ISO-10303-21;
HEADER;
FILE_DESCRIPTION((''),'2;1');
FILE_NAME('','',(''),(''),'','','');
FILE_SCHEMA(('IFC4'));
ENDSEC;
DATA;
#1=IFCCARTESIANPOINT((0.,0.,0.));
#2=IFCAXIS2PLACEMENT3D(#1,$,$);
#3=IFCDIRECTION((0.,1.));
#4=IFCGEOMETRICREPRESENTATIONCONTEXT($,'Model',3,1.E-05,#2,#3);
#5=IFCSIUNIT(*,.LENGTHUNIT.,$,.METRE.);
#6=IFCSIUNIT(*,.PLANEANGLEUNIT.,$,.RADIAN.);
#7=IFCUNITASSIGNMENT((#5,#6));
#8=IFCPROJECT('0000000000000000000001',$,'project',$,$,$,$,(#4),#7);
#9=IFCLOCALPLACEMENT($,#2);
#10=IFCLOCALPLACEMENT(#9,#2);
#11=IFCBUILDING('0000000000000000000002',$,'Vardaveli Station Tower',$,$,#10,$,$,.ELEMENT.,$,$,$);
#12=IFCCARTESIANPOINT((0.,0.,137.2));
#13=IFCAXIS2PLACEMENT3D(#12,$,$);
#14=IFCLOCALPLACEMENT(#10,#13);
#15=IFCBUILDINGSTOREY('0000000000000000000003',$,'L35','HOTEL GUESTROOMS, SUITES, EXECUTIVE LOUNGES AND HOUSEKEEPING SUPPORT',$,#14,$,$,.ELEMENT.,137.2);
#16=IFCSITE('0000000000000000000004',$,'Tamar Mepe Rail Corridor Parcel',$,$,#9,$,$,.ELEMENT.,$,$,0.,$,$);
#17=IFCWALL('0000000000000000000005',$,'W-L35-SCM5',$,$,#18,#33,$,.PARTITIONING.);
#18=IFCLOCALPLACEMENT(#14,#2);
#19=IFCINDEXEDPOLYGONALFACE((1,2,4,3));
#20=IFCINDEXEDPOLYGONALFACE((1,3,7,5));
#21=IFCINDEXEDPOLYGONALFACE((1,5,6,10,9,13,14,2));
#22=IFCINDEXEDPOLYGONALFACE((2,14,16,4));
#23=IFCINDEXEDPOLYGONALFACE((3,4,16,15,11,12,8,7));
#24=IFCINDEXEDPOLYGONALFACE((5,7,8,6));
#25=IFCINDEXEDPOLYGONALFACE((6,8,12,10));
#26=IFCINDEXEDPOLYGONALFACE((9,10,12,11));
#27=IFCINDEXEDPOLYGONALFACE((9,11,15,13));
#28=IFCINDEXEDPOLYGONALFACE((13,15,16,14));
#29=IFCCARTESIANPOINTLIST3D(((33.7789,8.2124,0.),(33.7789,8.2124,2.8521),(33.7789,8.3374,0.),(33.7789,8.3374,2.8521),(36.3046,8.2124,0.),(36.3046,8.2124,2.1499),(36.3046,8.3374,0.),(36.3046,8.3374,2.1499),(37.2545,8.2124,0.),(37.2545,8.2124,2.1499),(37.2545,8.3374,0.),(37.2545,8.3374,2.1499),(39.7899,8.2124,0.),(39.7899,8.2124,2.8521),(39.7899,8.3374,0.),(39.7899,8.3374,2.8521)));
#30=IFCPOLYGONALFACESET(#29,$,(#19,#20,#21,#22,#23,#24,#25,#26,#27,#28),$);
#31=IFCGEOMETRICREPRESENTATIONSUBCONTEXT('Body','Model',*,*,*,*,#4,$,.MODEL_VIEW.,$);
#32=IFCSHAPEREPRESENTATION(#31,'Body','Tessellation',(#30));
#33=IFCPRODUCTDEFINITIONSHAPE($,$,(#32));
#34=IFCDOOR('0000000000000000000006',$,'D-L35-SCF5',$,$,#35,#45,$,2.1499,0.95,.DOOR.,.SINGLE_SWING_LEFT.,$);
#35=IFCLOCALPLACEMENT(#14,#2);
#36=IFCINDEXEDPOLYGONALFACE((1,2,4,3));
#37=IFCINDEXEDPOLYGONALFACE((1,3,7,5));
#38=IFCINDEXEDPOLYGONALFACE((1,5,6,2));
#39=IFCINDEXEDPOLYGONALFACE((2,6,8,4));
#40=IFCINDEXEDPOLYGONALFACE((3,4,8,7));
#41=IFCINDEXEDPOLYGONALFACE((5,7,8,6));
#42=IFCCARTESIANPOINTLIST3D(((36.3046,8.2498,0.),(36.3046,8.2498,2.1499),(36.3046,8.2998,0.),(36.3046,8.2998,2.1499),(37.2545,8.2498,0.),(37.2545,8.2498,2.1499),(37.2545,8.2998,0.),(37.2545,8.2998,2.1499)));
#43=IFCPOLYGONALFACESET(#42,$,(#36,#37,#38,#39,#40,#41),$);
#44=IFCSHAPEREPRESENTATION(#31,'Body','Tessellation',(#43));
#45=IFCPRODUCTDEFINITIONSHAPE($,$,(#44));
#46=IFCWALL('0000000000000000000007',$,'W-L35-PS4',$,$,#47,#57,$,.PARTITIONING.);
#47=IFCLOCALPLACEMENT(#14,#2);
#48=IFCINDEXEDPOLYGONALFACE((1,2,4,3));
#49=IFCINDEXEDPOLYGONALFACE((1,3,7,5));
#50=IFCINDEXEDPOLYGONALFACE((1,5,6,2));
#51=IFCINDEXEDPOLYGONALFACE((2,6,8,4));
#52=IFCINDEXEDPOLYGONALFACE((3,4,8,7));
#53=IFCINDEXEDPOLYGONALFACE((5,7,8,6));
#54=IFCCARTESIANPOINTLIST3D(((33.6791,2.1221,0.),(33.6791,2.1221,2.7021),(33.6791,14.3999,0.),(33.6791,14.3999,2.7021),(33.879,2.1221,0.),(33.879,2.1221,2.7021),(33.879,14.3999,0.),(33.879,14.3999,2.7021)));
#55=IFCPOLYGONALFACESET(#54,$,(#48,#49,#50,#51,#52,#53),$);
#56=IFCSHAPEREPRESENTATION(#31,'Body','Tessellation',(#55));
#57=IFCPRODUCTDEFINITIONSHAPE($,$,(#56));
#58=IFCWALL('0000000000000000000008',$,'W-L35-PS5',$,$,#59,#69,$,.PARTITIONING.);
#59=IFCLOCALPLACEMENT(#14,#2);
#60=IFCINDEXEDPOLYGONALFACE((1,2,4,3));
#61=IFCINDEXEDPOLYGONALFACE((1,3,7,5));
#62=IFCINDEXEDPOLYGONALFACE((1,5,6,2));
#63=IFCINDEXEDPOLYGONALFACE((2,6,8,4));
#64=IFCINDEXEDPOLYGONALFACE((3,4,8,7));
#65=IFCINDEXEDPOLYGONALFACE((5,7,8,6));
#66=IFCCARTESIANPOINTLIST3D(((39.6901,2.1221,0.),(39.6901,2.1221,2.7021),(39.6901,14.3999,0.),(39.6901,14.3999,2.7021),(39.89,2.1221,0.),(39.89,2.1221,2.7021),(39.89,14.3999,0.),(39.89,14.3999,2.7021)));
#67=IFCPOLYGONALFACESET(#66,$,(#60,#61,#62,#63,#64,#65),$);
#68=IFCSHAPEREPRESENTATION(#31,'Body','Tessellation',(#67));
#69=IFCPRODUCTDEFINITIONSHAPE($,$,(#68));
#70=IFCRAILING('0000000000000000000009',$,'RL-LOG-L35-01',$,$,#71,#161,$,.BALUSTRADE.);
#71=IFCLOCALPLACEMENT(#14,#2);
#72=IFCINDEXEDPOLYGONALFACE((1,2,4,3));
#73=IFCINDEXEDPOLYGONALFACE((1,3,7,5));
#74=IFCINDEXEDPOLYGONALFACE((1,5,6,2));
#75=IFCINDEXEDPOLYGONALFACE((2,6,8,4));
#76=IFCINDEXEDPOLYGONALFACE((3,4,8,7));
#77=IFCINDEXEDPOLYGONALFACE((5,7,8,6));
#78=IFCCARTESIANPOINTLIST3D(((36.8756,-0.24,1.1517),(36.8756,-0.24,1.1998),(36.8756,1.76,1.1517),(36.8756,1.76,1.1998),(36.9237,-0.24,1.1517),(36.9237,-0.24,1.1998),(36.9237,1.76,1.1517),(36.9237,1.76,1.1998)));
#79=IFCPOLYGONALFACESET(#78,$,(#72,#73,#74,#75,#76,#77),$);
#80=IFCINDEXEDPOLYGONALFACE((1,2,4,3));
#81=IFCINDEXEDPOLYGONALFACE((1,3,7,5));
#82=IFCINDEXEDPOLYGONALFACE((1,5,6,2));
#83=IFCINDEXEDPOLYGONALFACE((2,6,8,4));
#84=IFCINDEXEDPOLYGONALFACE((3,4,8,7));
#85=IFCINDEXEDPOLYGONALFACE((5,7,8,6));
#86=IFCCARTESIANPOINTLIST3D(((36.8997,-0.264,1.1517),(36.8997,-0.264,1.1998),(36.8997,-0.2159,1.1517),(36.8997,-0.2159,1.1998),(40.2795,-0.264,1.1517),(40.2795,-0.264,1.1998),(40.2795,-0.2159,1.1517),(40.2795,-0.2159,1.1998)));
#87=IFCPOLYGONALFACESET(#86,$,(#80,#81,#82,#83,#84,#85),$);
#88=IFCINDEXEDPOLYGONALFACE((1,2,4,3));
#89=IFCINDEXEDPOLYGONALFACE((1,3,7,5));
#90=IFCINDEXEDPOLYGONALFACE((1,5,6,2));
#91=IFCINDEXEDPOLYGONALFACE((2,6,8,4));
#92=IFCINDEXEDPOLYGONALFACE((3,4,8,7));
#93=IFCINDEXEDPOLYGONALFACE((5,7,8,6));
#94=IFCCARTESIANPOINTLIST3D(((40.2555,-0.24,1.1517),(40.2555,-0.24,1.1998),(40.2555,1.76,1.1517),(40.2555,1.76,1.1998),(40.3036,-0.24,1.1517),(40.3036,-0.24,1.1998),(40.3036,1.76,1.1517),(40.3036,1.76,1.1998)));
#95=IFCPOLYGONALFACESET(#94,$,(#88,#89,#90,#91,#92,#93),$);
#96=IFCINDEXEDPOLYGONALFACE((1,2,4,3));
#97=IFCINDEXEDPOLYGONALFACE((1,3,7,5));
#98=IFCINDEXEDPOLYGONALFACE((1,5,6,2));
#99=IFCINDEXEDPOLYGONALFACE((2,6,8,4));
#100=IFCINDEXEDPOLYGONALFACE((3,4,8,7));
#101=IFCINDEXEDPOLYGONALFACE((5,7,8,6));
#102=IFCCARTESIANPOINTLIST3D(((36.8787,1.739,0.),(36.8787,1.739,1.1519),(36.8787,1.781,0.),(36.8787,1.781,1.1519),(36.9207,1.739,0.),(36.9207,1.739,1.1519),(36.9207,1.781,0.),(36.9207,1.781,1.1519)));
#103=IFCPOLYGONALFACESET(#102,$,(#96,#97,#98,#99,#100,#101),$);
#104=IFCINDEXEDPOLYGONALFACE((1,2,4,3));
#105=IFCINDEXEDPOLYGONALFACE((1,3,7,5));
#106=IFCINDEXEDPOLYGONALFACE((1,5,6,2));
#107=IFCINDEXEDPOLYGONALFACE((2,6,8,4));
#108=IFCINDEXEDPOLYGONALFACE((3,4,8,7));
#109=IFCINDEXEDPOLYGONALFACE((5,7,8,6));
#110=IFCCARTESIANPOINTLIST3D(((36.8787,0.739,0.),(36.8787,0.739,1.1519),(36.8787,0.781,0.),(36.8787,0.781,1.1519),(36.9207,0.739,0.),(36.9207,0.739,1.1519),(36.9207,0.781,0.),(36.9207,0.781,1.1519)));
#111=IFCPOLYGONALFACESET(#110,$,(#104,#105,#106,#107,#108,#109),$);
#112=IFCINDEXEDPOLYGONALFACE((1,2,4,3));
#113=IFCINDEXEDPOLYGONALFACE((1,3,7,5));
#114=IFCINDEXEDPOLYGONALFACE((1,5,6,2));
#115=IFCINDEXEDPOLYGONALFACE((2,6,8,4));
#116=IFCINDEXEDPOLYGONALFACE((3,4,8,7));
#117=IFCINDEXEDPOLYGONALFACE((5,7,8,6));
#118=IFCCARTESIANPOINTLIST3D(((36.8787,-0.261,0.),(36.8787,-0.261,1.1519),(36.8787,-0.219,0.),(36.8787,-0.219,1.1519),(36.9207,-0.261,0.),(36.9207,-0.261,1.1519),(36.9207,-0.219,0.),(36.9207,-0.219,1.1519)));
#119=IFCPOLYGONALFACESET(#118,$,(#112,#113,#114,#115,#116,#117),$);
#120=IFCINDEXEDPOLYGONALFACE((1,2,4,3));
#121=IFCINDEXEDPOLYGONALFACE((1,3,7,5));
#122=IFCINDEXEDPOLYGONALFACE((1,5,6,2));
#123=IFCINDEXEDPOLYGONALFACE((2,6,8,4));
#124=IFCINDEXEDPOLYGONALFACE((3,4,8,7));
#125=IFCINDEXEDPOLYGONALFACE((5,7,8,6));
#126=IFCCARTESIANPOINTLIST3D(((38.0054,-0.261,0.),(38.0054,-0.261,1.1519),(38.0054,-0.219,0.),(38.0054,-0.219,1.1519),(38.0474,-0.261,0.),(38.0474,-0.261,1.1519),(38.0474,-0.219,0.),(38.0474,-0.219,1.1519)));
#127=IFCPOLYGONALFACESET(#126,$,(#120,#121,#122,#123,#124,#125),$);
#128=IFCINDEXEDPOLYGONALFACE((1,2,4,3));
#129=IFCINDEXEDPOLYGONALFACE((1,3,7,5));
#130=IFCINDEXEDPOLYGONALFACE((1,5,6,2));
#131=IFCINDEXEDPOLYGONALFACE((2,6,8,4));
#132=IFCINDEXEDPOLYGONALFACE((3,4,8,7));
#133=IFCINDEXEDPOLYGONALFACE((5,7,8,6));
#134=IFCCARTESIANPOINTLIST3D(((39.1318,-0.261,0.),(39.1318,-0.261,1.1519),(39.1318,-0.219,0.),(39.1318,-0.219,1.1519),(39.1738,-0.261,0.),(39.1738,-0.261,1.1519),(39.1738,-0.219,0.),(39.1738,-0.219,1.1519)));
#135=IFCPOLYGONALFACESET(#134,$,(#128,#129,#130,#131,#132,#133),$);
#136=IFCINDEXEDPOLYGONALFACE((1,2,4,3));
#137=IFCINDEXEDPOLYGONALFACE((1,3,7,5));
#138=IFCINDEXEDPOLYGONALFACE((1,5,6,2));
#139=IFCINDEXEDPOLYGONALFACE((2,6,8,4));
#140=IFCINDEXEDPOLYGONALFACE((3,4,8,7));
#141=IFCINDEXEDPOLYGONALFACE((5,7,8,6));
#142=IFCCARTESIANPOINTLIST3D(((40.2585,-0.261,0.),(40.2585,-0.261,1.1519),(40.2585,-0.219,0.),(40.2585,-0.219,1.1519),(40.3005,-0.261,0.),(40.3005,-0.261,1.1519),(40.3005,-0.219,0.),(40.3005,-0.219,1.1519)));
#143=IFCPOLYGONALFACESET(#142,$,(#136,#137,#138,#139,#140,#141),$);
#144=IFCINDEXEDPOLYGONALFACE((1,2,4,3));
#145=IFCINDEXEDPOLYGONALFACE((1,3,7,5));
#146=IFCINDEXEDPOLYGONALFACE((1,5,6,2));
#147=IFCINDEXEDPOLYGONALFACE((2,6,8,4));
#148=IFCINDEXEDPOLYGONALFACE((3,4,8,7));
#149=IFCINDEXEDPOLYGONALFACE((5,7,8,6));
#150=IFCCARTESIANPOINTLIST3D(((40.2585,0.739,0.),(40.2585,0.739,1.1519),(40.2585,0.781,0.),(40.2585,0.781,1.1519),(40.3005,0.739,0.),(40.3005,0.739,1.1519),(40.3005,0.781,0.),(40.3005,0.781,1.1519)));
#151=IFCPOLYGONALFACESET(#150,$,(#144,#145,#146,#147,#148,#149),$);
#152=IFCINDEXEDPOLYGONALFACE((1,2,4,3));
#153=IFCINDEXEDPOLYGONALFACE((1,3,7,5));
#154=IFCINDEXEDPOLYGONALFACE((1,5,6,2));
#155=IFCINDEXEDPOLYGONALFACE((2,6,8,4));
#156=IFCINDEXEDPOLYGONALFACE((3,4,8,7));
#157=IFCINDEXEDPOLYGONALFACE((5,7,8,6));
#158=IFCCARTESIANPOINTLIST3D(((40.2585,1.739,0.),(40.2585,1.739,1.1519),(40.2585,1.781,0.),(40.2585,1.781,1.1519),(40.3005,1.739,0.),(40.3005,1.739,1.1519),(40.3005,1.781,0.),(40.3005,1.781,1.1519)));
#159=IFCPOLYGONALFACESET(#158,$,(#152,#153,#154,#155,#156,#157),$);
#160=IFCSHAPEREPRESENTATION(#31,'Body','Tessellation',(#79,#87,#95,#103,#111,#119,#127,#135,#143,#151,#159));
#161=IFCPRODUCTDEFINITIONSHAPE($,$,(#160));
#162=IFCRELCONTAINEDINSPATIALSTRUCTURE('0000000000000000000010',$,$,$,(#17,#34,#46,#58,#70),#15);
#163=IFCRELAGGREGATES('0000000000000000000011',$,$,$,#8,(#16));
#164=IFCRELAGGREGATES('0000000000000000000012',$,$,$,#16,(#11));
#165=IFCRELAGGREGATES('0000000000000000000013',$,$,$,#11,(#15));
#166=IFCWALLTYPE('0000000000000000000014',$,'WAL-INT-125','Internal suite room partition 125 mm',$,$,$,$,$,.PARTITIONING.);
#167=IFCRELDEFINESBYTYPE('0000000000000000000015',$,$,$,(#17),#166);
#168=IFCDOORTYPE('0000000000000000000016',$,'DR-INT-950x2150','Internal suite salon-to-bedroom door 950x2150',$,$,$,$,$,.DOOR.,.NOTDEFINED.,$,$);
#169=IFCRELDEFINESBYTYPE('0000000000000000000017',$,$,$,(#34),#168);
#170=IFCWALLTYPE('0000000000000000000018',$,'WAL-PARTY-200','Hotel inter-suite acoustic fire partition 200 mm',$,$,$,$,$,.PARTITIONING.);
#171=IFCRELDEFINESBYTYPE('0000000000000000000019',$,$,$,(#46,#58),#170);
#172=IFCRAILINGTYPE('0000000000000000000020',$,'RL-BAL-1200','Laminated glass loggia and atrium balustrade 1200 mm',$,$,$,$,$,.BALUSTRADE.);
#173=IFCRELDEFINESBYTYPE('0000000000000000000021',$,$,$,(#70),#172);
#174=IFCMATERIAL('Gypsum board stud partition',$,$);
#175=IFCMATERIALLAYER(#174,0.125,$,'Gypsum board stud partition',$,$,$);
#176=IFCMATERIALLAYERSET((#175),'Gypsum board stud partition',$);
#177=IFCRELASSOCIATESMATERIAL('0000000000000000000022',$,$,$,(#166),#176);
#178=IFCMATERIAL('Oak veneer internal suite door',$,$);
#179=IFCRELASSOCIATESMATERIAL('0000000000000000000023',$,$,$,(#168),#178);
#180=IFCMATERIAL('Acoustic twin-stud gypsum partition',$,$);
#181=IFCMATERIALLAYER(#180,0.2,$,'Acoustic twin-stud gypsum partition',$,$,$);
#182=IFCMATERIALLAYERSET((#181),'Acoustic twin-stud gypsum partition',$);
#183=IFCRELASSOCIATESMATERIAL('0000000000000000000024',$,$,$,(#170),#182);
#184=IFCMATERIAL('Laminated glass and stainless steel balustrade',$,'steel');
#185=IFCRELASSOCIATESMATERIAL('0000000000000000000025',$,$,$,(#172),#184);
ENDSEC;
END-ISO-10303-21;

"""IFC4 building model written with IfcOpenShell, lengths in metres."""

from ifc_helpers import new_model, si_unit, direction, frame, frame_2d, origin, origin_2d, place, context, subcontext, project, spatial, rectangle, extrude, source, transform, mapped, material, layer, layer_set, type_object, element, fill, save


model = new_model("IFC4")

# Units and contexts
model_context = context("Model", 3, precision=1e-05, world=origin(), true_north=direction((0.0, 1.0)))
body_context = subcontext(model_context, "Body", "Model", "MODEL_VIEW")
ifc_project = project(units=[si_unit("LENGTHUNIT", "METRE"), si_unit("PLANEANGLEUNIT", "RADIAN")], contexts=[model_context])

# Site, building, storey
site_placement = place(None, origin())
site = spatial("IfcSite", under=ifc_project, at=site_placement, Name="Tamar Mepe Rail Corridor Parcel", CompositionType="ELEMENT", RefElevation=0.0)
building_placement = place(site_placement, origin())
building = spatial("IfcBuilding", under=site, at=building_placement, Name="Vardaveli Station Tower", CompositionType="ELEMENT")
storey_placement = place(building_placement, frame((0.0, 0.0, 137.2)))
storey = spatial("IfcBuildingStorey", under=building, at=storey_placement, Name="L35", Description="HOTEL GUESTROOMS, SUITES, EXECUTIVE LOUNGES AND HOUSEKEEPING SUPPORT", CompositionType="ELEMENT", Elevation=137.2)

# Wall, opening, door
ifc_material_1 = material(Name="Gypsum board stud partition")
ifc_layer_1 = layer(ifc_material_1, 0.125, Name="Gypsum board stud partition")
ifc_layer_set_1 = layer_set([ifc_layer_1], Name="Gypsum board stud partition")
wall_type_1 = type_object("IfcWallType", Name="WAL-INT-125", Description="Internal suite room partition 125 mm", PredefinedType="PARTITIONING", material=ifc_layer_set_1)
shared_shape_1 = source(origin(), body_context, "Body", "SweptSolid", [
    extrude(rectangle(XDim=6.011, YDim=0.125, at=frame_2d((3.0054, 0.0))), origin(), (0.0, 0.0, 1.0), 2.8521),
])
wall_1_placement = place(storey_placement, frame((33.7791, 8.2749, 0.0), z_axis=(0.0, 0.0, 1.0), x_axis=(1.0, 0.0, 0.0)))
wall_1 = element("IfcWall", 1, at=wall_1_placement, inside=storey, type_object=wall_type_1, Name="W-L35-SCM5", PredefinedType="PARTITIONING", context=body_context, shape_type="MappedRepresentation", body=[
    mapped(shared_shape_1, transform((0.0, 0.0, 0.0), scale=1.0)),
])
shared_shape_2 = source(origin(), body_context, "Body", "SweptSolid", [
    extrude(rectangle(XDim=0.95, YDim=2.1499, at=frame_2d((0.4751, 1.075))), frame((0.0, 0.0725, 0.0), z_axis=(0.0, -1.0, 0.0), x_axis=(1.0, 0.0, 0.0)), (0.0, 0.0, 1.0), 0.145),
])
opening_1_placement = place(wall_1_placement, frame((2.5254, 0.0, 0.0)))
opening_1 = element("IfcOpeningElement", 2, at=opening_1_placement, cuts=wall_1, PredefinedType="OPENING", context=body_context, shape_type="MappedRepresentation", body=[
    mapped(shared_shape_2, transform((0.0, 0.0, 0.0), scale=1.0)),
])
ifc_material_2 = material(Name="Oak veneer internal suite door")
door_type_1 = type_object("IfcDoorType", Name="DR-INT-950x2150", Description="Internal suite salon-to-bedroom door 950x2150", OperationType="NOTDEFINED", PredefinedType="DOOR", material=ifc_material_2)
shared_shape_3 = source(origin(), body_context, "Body", "SweptSolid", [
    extrude(rectangle(XDim=0.95, YDim=2.1499, at=frame_2d((0.4751, 1.075))), frame((0.0, 0.0249, 0.0), z_axis=(0.0, -1.0, 0.0), x_axis=(1.0, 0.0, 0.0)), (0.0, 0.0, 1.0), 0.05),
])
door_1_placement = place(opening_1_placement, origin())
door_1 = element("IfcDoor", 3, at=door_1_placement, inside=storey, type_object=door_type_1, Name="D-L35-SCF5", OperationType="SINGLE_SWING_LEFT", OverallHeight=2.1499, OverallWidth=0.95, PredefinedType="DOOR", context=body_context, shape_type="MappedRepresentation", body=[
    mapped(shared_shape_3, transform((0.0, 0.0, 0.0), scale=1.0)),
])
fill(opening_1, door_1)

# Walls
ifc_material_3 = material(Name="Acoustic twin-stud gypsum partition")
ifc_layer_2 = layer(ifc_material_3, 0.2, Name="Acoustic twin-stud gypsum partition")
ifc_layer_set_2 = layer_set([ifc_layer_2], Name="Acoustic twin-stud gypsum partition")
wall_type_2 = type_object("IfcWallType", Name="WAL-PARTY-200", Description="Hotel inter-suite acoustic fire partition 200 mm", PredefinedType="PARTITIONING", material=ifc_layer_set_2)
shared_shape_4 = source(origin(), body_context, "Body", "SweptSolid", [
    extrude(rectangle(XDim=12.2778, YDim=0.2, at=frame_2d((6.1389, 0.0))), origin(), (0.0, 0.0, 1.0), 2.7021),
])
for number, where, z_axis, x_axis, name in (
    (4, (33.7791, 2.1221, 0.0), (0.0, 0.0, 1.0), (0.0, 1.0, 0.0), "W-L35-PS4"),
    (5, (39.79, 2.1221, 0.0), (0.0, 0.0, 1.0), (0.0, 1.0, 0.0), "W-L35-PS5"),
):
    element("IfcWall", number, at=place(storey_placement, frame(where, z_axis=z_axis, x_axis=x_axis)), inside=storey, type_object=wall_type_2, Name=name, PredefinedType="PARTITIONING", context=body_context, shape_type="MappedRepresentation", body=[
        mapped(shared_shape_4, transform((0.0, 0.0, 0.0), scale=1.0)),
    ])

# Railing
ifc_material_4 = material(Name="Laminated glass and stainless steel balustrade", Category="steel")
railing_type = type_object("IfcRailingType", Name="RL-BAL-1200", Description="Laminated glass loggia and atrium balustrade 1200 mm", PredefinedType="BALUSTRADE", material=ifc_material_4)
shared_shape_5 = source(origin(), body_context, "Body", "SweptSolid", [
    extrude(rectangle(XDim=0.0481, YDim=0.0481, at=origin_2d()), frame((0.0, 0.0, 1.1758), z_axis=(0.0, -1.0, 0.0), x_axis=(1.0, 0.0, 0.0)), (0.0, 0.0, 1.0), 2.0),
    extrude(rectangle(XDim=0.0481, YDim=0.0481, at=origin_2d()), frame((0.0, -2.0, 1.1758), z_axis=(1.0, 0.0, 0.0), x_axis=(0.0, 1.0, 0.0)), (0.0, 0.0, 1.0), 3.3799),
    extrude(rectangle(XDim=0.0481, YDim=0.0481, at=origin_2d()), frame((3.3799, -2.0, 1.1758), z_axis=(0.0, 1.0, 0.0), x_axis=(-1.0, 0.0, 0.0)), (0.0, 0.0, 1.0), 2.0),
    extrude(rectangle(XDim=0.042, YDim=0.042, at=origin_2d()), origin(), (0.0, 0.0, 1.0), 1.1519),
    extrude(rectangle(XDim=0.042, YDim=0.042, at=origin_2d()), frame((0.0, -1.0, 0.0)), (0.0, 0.0, 1.0), 1.1519),
    extrude(rectangle(XDim=0.042, YDim=0.042, at=origin_2d()), frame((0.0, -2.0, 0.0)), (0.0, 0.0, 1.0), 1.1519),
    extrude(rectangle(XDim=0.042, YDim=0.042, at=origin_2d()), frame((1.1267, -2.0, 0.0)), (0.0, 0.0, 1.0), 1.1519),
    extrude(rectangle(XDim=0.042, YDim=0.042, at=origin_2d()), frame((2.2532, -2.0, 0.0)), (0.0, 0.0, 1.0), 1.1519),
    extrude(rectangle(XDim=0.042, YDim=0.042, at=origin_2d()), frame((3.3799, -2.0, 0.0)), (0.0, 0.0, 1.0), 1.1519),
    extrude(rectangle(XDim=0.042, YDim=0.042, at=origin_2d()), frame((3.3799, -1.0, 0.0)), (0.0, 0.0, 1.0), 1.1519),
    extrude(rectangle(XDim=0.042, YDim=0.042, at=origin_2d()), frame((3.3799, 0.0, 0.0)), (0.0, 0.0, 1.0), 1.1519),
])
railing_placement = place(storey_placement, frame((36.8997, 1.76, 0.0)))
element("IfcRailing", 6, at=railing_placement, inside=storey, type_object=railing_type, Name="RL-LOG-L35-01", PredefinedType="BALUSTRADE", context=body_context, shape_type="MappedRepresentation", body=[
    mapped(shared_shape_5, transform((0.0, 0.0, 0.0), scale=1.0)),
])

save(model, "model.ifc")
